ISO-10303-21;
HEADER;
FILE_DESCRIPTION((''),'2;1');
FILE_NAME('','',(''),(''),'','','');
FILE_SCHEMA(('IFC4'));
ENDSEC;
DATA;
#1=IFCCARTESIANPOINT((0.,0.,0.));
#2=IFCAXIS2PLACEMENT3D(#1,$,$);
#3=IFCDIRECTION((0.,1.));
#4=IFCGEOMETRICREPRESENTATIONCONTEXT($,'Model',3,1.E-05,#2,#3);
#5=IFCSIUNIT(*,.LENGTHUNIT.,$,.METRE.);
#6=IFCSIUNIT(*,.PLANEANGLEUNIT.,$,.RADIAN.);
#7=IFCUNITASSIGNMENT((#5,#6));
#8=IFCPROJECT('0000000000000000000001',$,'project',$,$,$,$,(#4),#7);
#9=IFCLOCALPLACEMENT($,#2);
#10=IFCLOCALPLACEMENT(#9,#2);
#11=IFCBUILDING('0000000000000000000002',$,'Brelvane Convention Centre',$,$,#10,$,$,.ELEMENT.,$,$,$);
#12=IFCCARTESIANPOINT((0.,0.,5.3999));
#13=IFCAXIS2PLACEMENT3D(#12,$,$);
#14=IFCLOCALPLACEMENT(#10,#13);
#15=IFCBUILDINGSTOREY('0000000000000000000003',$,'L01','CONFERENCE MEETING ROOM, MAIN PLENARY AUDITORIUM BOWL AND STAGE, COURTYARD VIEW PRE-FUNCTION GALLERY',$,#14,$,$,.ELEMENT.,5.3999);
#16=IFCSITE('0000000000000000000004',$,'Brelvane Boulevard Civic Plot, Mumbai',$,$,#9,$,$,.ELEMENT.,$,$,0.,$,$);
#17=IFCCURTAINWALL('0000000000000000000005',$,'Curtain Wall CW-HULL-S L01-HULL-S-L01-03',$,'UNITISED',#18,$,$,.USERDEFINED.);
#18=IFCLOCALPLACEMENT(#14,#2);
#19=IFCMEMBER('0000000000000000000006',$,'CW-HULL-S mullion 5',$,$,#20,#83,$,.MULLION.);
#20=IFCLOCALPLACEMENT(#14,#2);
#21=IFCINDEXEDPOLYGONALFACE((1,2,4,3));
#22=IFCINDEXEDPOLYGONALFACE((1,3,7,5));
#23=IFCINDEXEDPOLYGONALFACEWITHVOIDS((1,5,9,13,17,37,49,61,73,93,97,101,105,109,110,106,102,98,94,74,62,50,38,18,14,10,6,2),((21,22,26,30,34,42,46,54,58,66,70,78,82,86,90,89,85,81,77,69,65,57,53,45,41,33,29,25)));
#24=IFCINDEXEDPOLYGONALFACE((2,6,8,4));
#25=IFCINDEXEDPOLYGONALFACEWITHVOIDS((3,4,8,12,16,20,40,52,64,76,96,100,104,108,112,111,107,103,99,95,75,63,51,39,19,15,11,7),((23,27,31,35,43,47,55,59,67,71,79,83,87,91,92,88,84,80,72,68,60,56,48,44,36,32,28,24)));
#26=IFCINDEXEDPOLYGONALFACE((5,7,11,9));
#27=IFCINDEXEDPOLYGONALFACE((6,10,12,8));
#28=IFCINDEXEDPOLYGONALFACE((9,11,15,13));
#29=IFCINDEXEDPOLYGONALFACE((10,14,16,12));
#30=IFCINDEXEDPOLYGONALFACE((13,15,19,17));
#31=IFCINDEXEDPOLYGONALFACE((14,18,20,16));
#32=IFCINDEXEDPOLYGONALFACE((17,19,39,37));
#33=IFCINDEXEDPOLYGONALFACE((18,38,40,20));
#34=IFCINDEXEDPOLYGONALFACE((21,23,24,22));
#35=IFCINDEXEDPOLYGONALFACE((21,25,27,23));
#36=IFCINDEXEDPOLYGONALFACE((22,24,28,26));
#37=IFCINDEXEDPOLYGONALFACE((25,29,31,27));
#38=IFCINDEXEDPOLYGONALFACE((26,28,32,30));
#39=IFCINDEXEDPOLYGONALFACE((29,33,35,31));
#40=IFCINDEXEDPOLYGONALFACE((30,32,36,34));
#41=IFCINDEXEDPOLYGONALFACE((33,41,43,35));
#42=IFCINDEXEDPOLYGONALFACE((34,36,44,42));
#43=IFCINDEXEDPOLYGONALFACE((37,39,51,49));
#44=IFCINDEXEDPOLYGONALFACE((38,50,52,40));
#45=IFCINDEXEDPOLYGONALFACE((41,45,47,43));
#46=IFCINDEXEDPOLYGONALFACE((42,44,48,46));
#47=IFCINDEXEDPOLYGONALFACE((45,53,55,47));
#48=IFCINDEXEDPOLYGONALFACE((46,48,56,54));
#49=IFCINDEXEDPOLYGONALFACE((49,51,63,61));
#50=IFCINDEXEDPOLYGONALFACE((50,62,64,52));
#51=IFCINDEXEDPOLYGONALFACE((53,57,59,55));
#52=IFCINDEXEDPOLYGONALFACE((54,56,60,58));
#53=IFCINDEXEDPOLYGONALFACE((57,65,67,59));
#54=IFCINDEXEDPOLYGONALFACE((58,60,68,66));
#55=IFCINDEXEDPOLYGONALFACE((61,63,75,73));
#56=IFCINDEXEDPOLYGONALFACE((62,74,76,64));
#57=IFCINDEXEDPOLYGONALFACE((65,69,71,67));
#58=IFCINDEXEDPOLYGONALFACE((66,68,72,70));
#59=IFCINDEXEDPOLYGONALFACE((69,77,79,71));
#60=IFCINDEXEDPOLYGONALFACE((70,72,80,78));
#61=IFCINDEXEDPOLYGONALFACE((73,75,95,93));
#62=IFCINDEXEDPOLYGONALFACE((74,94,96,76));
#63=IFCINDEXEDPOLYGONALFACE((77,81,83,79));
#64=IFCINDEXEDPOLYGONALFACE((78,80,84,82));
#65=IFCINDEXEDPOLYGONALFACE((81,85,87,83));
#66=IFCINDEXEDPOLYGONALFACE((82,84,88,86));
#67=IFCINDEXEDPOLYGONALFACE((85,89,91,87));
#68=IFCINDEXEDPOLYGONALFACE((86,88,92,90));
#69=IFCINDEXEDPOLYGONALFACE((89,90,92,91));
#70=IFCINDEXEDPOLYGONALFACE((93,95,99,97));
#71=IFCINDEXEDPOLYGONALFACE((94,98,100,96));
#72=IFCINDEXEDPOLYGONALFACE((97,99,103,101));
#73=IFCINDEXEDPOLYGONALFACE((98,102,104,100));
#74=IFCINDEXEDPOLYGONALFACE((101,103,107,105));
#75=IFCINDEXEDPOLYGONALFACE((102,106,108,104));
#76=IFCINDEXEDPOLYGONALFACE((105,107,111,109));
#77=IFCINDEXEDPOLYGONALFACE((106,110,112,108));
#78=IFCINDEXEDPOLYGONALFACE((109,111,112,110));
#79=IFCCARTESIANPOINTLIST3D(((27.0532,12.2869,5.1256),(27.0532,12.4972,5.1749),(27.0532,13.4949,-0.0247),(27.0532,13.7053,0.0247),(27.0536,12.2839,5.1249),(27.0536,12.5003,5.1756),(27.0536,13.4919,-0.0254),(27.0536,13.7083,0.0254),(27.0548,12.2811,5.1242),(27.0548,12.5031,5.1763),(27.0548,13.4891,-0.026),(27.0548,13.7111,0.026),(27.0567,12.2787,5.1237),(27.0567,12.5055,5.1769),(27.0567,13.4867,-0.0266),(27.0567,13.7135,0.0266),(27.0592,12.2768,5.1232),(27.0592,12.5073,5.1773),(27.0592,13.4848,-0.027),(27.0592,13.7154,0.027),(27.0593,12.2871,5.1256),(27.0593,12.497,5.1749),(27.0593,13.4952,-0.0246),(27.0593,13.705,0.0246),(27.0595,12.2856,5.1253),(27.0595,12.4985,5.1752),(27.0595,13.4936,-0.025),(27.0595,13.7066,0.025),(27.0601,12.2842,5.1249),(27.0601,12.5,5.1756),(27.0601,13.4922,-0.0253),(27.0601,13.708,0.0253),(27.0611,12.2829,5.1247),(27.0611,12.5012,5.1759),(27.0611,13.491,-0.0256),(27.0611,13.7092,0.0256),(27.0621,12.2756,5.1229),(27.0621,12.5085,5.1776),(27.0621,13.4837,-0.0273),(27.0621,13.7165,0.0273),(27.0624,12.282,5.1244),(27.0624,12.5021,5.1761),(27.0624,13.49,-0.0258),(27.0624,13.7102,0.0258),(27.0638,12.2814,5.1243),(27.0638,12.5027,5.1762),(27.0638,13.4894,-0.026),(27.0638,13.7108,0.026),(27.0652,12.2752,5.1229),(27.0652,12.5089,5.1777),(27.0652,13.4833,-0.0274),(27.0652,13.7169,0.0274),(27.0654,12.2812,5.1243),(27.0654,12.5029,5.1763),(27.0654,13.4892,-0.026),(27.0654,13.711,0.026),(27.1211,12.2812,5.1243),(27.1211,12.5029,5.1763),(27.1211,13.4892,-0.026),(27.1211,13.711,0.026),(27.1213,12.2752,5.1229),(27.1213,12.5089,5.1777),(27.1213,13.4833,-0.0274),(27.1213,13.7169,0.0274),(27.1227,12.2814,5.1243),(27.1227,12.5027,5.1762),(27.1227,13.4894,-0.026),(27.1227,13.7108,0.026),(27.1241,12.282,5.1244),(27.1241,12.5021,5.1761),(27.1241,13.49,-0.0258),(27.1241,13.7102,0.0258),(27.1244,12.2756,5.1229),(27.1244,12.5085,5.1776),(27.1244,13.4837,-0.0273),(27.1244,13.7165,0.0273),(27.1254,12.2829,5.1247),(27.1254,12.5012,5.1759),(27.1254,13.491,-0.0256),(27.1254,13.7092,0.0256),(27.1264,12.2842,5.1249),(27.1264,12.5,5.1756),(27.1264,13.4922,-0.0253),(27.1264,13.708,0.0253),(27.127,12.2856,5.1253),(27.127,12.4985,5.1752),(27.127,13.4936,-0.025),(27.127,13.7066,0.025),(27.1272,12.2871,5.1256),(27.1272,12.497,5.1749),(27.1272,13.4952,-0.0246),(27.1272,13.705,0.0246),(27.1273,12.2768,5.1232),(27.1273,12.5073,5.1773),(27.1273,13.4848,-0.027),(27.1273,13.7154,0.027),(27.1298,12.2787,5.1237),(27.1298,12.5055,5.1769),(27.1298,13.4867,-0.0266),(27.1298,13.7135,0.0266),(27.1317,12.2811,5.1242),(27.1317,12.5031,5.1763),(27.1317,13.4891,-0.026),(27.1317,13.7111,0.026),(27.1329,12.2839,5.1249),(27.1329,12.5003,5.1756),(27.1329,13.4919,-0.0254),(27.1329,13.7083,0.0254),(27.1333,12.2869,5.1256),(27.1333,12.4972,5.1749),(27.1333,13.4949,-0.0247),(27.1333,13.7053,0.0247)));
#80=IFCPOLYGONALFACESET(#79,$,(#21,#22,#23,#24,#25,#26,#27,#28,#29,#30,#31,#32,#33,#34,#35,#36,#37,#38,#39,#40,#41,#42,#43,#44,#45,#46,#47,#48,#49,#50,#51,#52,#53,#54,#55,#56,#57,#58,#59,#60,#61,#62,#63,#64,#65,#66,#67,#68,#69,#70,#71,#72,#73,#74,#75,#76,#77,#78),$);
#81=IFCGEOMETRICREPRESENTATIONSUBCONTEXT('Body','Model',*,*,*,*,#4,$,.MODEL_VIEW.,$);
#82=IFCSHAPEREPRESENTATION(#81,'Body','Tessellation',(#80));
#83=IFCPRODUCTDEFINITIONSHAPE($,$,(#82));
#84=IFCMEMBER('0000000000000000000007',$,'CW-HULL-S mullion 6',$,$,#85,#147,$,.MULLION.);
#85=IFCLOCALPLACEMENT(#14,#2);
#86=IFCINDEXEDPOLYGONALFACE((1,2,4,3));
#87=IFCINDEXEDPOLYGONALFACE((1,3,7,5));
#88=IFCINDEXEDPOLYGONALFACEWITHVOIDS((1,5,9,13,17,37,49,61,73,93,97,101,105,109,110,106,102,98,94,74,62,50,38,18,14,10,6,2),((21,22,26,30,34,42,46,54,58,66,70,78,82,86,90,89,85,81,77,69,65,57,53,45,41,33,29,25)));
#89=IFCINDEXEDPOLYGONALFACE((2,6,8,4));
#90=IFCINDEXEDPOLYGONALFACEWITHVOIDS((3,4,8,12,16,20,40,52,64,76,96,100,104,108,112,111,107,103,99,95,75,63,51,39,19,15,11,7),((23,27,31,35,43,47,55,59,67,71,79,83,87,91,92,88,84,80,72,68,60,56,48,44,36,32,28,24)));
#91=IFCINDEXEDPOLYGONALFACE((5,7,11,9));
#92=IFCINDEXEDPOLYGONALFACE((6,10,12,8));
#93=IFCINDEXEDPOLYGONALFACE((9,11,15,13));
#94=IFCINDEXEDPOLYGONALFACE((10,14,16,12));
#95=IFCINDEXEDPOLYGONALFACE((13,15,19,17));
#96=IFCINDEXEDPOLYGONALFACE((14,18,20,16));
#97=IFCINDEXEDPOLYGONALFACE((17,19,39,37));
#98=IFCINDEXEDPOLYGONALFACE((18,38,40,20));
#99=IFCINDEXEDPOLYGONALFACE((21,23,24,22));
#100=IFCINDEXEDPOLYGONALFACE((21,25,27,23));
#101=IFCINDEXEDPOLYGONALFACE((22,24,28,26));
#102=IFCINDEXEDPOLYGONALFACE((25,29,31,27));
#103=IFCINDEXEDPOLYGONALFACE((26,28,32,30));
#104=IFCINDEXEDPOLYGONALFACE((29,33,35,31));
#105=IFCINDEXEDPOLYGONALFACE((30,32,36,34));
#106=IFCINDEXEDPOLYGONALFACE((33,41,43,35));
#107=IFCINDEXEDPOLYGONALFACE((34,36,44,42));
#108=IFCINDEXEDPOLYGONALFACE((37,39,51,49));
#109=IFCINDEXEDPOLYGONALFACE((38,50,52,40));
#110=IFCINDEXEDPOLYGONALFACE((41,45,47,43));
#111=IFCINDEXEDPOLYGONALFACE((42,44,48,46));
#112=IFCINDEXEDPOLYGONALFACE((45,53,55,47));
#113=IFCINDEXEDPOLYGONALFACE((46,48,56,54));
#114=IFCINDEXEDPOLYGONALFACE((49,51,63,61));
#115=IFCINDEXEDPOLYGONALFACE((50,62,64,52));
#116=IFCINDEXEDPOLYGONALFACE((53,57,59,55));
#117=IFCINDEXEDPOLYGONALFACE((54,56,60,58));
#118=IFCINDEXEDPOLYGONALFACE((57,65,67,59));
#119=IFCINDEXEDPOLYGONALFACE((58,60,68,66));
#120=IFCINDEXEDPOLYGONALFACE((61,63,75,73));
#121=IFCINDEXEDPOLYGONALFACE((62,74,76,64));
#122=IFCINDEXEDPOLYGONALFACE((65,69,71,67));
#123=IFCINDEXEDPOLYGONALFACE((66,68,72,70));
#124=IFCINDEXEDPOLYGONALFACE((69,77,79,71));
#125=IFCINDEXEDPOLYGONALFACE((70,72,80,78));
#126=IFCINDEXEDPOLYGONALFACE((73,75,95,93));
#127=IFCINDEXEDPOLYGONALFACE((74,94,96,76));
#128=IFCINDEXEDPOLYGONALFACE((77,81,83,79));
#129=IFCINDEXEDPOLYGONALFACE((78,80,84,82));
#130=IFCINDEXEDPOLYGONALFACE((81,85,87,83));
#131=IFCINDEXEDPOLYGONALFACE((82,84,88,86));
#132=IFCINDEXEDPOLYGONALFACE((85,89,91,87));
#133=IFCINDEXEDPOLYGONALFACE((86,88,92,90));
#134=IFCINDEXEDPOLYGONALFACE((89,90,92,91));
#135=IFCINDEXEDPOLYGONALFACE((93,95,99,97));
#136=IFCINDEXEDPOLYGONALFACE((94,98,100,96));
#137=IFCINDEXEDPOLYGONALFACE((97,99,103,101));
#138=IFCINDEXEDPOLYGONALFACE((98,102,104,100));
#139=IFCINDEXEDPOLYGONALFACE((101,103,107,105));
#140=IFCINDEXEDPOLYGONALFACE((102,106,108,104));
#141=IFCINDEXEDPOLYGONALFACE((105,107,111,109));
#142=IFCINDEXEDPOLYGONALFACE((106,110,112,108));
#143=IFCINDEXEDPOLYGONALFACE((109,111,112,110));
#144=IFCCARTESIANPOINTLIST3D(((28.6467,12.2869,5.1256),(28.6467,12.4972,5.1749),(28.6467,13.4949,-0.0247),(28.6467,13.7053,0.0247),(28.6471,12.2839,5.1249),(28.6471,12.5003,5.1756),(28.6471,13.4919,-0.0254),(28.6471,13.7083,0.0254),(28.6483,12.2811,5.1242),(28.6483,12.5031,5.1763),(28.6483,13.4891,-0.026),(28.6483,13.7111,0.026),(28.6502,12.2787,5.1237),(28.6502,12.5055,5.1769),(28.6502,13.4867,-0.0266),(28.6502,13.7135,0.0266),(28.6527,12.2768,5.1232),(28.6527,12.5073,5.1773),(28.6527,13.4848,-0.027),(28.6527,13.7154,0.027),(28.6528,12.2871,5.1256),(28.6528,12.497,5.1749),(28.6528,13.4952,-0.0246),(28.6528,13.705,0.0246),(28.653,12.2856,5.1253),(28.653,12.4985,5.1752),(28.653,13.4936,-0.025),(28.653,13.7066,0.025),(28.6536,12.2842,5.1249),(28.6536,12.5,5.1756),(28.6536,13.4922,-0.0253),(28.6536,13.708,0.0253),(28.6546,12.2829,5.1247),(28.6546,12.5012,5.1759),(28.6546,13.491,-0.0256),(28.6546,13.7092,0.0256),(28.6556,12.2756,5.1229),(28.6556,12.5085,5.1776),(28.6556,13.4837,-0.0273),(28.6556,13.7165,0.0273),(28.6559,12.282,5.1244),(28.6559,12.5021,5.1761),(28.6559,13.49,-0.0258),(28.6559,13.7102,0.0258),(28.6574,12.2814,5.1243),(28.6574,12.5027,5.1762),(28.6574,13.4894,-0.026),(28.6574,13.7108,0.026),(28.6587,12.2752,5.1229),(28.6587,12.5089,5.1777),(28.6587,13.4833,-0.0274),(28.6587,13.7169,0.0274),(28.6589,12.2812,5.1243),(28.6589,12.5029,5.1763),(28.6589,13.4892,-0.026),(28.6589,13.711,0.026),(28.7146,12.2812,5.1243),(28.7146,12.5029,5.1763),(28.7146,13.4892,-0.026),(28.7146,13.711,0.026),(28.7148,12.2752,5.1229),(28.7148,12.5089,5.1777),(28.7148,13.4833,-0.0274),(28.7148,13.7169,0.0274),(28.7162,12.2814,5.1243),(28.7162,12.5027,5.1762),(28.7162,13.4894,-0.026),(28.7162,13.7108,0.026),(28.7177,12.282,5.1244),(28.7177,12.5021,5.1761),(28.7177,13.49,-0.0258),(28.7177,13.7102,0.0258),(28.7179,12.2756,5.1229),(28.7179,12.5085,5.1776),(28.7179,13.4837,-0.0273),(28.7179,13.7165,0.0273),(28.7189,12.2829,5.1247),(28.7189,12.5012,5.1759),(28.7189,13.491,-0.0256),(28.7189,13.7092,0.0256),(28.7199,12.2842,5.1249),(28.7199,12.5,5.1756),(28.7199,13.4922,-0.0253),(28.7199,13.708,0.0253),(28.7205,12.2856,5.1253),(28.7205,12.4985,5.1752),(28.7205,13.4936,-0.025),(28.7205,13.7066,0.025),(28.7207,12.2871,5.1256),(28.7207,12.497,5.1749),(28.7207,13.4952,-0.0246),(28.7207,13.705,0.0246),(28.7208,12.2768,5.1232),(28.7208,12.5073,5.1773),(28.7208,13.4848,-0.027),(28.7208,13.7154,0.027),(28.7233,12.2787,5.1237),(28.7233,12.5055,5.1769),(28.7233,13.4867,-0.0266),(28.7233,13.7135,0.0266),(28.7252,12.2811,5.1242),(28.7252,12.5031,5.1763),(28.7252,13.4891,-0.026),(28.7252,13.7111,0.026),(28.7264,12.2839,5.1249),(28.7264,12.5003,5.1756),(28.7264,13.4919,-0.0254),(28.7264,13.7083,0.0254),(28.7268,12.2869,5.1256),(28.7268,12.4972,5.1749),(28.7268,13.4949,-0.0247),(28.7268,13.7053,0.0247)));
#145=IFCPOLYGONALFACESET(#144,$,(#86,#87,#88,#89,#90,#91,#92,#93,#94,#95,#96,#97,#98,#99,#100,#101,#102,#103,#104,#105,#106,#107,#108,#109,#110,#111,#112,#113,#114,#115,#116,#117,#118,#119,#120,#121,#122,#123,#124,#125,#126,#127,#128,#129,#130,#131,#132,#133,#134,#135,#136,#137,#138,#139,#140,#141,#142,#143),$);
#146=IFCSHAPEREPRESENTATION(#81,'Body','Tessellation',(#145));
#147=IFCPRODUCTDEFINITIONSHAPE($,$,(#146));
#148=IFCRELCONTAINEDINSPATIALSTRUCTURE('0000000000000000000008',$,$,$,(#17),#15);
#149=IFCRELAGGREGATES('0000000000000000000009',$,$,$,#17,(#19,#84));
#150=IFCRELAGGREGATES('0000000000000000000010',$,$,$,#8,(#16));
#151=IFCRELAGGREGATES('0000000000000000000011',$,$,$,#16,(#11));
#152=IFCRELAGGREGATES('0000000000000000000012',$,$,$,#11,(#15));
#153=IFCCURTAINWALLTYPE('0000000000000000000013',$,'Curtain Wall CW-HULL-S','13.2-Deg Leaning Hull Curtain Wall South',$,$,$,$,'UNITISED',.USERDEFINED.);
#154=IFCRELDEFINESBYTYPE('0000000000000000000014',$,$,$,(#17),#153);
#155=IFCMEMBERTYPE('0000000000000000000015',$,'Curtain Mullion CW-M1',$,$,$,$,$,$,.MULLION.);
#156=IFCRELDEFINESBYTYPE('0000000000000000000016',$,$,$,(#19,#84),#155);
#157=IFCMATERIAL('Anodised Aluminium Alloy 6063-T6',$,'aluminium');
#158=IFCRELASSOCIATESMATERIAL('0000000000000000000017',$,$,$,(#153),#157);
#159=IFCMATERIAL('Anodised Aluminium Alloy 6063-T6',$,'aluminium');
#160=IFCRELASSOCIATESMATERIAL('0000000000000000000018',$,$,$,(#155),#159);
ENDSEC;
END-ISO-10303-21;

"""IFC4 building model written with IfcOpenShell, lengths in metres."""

from ifc_helpers import new_model, si_unit, direction, frame, origin, origin_2d, place, context, subcontext, project, spatial, hollow_rectangle, extrude, material, material_profile, profile_set, type_object, element, aggregate, save


model = new_model("IFC4")

# Units and contexts
model_context = context("Model", 3, precision=1e-05, world=origin(), true_north=direction((0.0, 1.0)))
body_context = subcontext(model_context, "Body", "Model", "MODEL_VIEW")
ifc_project = project(units=[si_unit("LENGTHUNIT", "METRE"), si_unit("PLANEANGLEUNIT", "RADIAN")], contexts=[model_context])

# Site, building, storey
site_placement = place(None, origin())
site = spatial("IfcSite", under=ifc_project, at=site_placement, Name="Brelvane Boulevard Civic Plot, Mumbai", CompositionType="ELEMENT", RefElevation=0.0)
building_placement = place(site_placement, origin())
building = spatial("IfcBuilding", under=site, at=building_placement, Name="Brelvane Convention Centre", CompositionType="ELEMENT")
storey_placement = place(building_placement, frame((0.0, 0.0, 5.3999)))
storey = spatial("IfcBuildingStorey", under=building, at=storey_placement, Name="L01", Description="CONFERENCE MEETING ROOM, MAIN PLENARY AUDITORIUM BOWL AND STAGE, COURTYARD VIEW PRE-FUNCTION GALLERY", CompositionType="ELEMENT", Elevation=5.3999)

# Curtain wall, members
ifc_material_1 = material(Name="Anodised Aluminium Alloy 6063-T6", Category="aluminium")
curtain_wall_type = type_object("IfcCurtainWallType", Name="Curtain Wall CW-HULL-S", Description="13.2-Deg Leaning Hull Curtain Wall South", ElementType="UNITISED", PredefinedType="USERDEFINED", material=ifc_material_1)
curtain_wall_1_placement = place(storey_placement, origin())
curtain_wall_1 = element("IfcCurtainWall", 1, at=curtain_wall_1_placement, inside=storey, type_object=curtain_wall_type, Name="Curtain Wall CW-HULL-S L01-HULL-S-L01-03", ObjectType="UNITISED", PredefinedType="USERDEFINED")
ifc_material_2 = material(Name="Anodised Aluminium Alloy 6063-T6", Category="aluminium")
ifc_material_profile_1 = material_profile(ifc_material_2, hollow_rectangle(XDim=0.0801, YDim=0.24, WallThickness=0.0061, InnerFilletRadius=0.0061, OuterFilletRadius=0.012, at=origin_2d()), Name="ALU-M 240x80x6.0")
ifc_profile_set_1 = profile_set([ifc_material_profile_1], Name="Anodised Aluminium Alloy 6063-T6")
member_type_1 = type_object("IfcMemberType", Name="Curtain Mullion CW-M1", PredefinedType="MULLION", material=ifc_profile_set_1)
member_1_placement = place(storey_placement, frame((27.0933, 13.6001, 0.0), z_axis=(0.0, -0.22836, 0.973577), x_axis=(1.0, 0.0, 0.0)))
member_1 = element("IfcMember", 2, at=member_1_placement, type_object=member_type_1, Name="CW-HULL-S mullion 5", PredefinedType="MULLION", context=body_context, shape_type="SweptSolid", body=[
    extrude(hollow_rectangle(XDim=0.0801, YDim=0.24, WallThickness=0.0061, InnerFilletRadius=0.0061, OuterFilletRadius=0.012, at=origin_2d()), origin(), (0.0, 0.0, 1.0), 5.29),
])
member_2_placement = place(storey_placement, frame((28.6868, 13.6001, 0.0), z_axis=(0.0, -0.22836, 0.973577), x_axis=(1.0, 0.0, 0.0)))
member_2 = element("IfcMember", 3, at=member_2_placement, type_object=member_type_1, Name="CW-HULL-S mullion 6", PredefinedType="MULLION", context=body_context, shape_type="SweptSolid", body=[
    extrude(hollow_rectangle(XDim=0.0801, YDim=0.24, WallThickness=0.0061, InnerFilletRadius=0.0061, OuterFilletRadius=0.012, at=origin_2d()), origin(), (0.0, 0.0, 1.0), 5.29),
])

aggregate(curtain_wall_1, [member_1, member_2])

save(model, "model.ifc")
